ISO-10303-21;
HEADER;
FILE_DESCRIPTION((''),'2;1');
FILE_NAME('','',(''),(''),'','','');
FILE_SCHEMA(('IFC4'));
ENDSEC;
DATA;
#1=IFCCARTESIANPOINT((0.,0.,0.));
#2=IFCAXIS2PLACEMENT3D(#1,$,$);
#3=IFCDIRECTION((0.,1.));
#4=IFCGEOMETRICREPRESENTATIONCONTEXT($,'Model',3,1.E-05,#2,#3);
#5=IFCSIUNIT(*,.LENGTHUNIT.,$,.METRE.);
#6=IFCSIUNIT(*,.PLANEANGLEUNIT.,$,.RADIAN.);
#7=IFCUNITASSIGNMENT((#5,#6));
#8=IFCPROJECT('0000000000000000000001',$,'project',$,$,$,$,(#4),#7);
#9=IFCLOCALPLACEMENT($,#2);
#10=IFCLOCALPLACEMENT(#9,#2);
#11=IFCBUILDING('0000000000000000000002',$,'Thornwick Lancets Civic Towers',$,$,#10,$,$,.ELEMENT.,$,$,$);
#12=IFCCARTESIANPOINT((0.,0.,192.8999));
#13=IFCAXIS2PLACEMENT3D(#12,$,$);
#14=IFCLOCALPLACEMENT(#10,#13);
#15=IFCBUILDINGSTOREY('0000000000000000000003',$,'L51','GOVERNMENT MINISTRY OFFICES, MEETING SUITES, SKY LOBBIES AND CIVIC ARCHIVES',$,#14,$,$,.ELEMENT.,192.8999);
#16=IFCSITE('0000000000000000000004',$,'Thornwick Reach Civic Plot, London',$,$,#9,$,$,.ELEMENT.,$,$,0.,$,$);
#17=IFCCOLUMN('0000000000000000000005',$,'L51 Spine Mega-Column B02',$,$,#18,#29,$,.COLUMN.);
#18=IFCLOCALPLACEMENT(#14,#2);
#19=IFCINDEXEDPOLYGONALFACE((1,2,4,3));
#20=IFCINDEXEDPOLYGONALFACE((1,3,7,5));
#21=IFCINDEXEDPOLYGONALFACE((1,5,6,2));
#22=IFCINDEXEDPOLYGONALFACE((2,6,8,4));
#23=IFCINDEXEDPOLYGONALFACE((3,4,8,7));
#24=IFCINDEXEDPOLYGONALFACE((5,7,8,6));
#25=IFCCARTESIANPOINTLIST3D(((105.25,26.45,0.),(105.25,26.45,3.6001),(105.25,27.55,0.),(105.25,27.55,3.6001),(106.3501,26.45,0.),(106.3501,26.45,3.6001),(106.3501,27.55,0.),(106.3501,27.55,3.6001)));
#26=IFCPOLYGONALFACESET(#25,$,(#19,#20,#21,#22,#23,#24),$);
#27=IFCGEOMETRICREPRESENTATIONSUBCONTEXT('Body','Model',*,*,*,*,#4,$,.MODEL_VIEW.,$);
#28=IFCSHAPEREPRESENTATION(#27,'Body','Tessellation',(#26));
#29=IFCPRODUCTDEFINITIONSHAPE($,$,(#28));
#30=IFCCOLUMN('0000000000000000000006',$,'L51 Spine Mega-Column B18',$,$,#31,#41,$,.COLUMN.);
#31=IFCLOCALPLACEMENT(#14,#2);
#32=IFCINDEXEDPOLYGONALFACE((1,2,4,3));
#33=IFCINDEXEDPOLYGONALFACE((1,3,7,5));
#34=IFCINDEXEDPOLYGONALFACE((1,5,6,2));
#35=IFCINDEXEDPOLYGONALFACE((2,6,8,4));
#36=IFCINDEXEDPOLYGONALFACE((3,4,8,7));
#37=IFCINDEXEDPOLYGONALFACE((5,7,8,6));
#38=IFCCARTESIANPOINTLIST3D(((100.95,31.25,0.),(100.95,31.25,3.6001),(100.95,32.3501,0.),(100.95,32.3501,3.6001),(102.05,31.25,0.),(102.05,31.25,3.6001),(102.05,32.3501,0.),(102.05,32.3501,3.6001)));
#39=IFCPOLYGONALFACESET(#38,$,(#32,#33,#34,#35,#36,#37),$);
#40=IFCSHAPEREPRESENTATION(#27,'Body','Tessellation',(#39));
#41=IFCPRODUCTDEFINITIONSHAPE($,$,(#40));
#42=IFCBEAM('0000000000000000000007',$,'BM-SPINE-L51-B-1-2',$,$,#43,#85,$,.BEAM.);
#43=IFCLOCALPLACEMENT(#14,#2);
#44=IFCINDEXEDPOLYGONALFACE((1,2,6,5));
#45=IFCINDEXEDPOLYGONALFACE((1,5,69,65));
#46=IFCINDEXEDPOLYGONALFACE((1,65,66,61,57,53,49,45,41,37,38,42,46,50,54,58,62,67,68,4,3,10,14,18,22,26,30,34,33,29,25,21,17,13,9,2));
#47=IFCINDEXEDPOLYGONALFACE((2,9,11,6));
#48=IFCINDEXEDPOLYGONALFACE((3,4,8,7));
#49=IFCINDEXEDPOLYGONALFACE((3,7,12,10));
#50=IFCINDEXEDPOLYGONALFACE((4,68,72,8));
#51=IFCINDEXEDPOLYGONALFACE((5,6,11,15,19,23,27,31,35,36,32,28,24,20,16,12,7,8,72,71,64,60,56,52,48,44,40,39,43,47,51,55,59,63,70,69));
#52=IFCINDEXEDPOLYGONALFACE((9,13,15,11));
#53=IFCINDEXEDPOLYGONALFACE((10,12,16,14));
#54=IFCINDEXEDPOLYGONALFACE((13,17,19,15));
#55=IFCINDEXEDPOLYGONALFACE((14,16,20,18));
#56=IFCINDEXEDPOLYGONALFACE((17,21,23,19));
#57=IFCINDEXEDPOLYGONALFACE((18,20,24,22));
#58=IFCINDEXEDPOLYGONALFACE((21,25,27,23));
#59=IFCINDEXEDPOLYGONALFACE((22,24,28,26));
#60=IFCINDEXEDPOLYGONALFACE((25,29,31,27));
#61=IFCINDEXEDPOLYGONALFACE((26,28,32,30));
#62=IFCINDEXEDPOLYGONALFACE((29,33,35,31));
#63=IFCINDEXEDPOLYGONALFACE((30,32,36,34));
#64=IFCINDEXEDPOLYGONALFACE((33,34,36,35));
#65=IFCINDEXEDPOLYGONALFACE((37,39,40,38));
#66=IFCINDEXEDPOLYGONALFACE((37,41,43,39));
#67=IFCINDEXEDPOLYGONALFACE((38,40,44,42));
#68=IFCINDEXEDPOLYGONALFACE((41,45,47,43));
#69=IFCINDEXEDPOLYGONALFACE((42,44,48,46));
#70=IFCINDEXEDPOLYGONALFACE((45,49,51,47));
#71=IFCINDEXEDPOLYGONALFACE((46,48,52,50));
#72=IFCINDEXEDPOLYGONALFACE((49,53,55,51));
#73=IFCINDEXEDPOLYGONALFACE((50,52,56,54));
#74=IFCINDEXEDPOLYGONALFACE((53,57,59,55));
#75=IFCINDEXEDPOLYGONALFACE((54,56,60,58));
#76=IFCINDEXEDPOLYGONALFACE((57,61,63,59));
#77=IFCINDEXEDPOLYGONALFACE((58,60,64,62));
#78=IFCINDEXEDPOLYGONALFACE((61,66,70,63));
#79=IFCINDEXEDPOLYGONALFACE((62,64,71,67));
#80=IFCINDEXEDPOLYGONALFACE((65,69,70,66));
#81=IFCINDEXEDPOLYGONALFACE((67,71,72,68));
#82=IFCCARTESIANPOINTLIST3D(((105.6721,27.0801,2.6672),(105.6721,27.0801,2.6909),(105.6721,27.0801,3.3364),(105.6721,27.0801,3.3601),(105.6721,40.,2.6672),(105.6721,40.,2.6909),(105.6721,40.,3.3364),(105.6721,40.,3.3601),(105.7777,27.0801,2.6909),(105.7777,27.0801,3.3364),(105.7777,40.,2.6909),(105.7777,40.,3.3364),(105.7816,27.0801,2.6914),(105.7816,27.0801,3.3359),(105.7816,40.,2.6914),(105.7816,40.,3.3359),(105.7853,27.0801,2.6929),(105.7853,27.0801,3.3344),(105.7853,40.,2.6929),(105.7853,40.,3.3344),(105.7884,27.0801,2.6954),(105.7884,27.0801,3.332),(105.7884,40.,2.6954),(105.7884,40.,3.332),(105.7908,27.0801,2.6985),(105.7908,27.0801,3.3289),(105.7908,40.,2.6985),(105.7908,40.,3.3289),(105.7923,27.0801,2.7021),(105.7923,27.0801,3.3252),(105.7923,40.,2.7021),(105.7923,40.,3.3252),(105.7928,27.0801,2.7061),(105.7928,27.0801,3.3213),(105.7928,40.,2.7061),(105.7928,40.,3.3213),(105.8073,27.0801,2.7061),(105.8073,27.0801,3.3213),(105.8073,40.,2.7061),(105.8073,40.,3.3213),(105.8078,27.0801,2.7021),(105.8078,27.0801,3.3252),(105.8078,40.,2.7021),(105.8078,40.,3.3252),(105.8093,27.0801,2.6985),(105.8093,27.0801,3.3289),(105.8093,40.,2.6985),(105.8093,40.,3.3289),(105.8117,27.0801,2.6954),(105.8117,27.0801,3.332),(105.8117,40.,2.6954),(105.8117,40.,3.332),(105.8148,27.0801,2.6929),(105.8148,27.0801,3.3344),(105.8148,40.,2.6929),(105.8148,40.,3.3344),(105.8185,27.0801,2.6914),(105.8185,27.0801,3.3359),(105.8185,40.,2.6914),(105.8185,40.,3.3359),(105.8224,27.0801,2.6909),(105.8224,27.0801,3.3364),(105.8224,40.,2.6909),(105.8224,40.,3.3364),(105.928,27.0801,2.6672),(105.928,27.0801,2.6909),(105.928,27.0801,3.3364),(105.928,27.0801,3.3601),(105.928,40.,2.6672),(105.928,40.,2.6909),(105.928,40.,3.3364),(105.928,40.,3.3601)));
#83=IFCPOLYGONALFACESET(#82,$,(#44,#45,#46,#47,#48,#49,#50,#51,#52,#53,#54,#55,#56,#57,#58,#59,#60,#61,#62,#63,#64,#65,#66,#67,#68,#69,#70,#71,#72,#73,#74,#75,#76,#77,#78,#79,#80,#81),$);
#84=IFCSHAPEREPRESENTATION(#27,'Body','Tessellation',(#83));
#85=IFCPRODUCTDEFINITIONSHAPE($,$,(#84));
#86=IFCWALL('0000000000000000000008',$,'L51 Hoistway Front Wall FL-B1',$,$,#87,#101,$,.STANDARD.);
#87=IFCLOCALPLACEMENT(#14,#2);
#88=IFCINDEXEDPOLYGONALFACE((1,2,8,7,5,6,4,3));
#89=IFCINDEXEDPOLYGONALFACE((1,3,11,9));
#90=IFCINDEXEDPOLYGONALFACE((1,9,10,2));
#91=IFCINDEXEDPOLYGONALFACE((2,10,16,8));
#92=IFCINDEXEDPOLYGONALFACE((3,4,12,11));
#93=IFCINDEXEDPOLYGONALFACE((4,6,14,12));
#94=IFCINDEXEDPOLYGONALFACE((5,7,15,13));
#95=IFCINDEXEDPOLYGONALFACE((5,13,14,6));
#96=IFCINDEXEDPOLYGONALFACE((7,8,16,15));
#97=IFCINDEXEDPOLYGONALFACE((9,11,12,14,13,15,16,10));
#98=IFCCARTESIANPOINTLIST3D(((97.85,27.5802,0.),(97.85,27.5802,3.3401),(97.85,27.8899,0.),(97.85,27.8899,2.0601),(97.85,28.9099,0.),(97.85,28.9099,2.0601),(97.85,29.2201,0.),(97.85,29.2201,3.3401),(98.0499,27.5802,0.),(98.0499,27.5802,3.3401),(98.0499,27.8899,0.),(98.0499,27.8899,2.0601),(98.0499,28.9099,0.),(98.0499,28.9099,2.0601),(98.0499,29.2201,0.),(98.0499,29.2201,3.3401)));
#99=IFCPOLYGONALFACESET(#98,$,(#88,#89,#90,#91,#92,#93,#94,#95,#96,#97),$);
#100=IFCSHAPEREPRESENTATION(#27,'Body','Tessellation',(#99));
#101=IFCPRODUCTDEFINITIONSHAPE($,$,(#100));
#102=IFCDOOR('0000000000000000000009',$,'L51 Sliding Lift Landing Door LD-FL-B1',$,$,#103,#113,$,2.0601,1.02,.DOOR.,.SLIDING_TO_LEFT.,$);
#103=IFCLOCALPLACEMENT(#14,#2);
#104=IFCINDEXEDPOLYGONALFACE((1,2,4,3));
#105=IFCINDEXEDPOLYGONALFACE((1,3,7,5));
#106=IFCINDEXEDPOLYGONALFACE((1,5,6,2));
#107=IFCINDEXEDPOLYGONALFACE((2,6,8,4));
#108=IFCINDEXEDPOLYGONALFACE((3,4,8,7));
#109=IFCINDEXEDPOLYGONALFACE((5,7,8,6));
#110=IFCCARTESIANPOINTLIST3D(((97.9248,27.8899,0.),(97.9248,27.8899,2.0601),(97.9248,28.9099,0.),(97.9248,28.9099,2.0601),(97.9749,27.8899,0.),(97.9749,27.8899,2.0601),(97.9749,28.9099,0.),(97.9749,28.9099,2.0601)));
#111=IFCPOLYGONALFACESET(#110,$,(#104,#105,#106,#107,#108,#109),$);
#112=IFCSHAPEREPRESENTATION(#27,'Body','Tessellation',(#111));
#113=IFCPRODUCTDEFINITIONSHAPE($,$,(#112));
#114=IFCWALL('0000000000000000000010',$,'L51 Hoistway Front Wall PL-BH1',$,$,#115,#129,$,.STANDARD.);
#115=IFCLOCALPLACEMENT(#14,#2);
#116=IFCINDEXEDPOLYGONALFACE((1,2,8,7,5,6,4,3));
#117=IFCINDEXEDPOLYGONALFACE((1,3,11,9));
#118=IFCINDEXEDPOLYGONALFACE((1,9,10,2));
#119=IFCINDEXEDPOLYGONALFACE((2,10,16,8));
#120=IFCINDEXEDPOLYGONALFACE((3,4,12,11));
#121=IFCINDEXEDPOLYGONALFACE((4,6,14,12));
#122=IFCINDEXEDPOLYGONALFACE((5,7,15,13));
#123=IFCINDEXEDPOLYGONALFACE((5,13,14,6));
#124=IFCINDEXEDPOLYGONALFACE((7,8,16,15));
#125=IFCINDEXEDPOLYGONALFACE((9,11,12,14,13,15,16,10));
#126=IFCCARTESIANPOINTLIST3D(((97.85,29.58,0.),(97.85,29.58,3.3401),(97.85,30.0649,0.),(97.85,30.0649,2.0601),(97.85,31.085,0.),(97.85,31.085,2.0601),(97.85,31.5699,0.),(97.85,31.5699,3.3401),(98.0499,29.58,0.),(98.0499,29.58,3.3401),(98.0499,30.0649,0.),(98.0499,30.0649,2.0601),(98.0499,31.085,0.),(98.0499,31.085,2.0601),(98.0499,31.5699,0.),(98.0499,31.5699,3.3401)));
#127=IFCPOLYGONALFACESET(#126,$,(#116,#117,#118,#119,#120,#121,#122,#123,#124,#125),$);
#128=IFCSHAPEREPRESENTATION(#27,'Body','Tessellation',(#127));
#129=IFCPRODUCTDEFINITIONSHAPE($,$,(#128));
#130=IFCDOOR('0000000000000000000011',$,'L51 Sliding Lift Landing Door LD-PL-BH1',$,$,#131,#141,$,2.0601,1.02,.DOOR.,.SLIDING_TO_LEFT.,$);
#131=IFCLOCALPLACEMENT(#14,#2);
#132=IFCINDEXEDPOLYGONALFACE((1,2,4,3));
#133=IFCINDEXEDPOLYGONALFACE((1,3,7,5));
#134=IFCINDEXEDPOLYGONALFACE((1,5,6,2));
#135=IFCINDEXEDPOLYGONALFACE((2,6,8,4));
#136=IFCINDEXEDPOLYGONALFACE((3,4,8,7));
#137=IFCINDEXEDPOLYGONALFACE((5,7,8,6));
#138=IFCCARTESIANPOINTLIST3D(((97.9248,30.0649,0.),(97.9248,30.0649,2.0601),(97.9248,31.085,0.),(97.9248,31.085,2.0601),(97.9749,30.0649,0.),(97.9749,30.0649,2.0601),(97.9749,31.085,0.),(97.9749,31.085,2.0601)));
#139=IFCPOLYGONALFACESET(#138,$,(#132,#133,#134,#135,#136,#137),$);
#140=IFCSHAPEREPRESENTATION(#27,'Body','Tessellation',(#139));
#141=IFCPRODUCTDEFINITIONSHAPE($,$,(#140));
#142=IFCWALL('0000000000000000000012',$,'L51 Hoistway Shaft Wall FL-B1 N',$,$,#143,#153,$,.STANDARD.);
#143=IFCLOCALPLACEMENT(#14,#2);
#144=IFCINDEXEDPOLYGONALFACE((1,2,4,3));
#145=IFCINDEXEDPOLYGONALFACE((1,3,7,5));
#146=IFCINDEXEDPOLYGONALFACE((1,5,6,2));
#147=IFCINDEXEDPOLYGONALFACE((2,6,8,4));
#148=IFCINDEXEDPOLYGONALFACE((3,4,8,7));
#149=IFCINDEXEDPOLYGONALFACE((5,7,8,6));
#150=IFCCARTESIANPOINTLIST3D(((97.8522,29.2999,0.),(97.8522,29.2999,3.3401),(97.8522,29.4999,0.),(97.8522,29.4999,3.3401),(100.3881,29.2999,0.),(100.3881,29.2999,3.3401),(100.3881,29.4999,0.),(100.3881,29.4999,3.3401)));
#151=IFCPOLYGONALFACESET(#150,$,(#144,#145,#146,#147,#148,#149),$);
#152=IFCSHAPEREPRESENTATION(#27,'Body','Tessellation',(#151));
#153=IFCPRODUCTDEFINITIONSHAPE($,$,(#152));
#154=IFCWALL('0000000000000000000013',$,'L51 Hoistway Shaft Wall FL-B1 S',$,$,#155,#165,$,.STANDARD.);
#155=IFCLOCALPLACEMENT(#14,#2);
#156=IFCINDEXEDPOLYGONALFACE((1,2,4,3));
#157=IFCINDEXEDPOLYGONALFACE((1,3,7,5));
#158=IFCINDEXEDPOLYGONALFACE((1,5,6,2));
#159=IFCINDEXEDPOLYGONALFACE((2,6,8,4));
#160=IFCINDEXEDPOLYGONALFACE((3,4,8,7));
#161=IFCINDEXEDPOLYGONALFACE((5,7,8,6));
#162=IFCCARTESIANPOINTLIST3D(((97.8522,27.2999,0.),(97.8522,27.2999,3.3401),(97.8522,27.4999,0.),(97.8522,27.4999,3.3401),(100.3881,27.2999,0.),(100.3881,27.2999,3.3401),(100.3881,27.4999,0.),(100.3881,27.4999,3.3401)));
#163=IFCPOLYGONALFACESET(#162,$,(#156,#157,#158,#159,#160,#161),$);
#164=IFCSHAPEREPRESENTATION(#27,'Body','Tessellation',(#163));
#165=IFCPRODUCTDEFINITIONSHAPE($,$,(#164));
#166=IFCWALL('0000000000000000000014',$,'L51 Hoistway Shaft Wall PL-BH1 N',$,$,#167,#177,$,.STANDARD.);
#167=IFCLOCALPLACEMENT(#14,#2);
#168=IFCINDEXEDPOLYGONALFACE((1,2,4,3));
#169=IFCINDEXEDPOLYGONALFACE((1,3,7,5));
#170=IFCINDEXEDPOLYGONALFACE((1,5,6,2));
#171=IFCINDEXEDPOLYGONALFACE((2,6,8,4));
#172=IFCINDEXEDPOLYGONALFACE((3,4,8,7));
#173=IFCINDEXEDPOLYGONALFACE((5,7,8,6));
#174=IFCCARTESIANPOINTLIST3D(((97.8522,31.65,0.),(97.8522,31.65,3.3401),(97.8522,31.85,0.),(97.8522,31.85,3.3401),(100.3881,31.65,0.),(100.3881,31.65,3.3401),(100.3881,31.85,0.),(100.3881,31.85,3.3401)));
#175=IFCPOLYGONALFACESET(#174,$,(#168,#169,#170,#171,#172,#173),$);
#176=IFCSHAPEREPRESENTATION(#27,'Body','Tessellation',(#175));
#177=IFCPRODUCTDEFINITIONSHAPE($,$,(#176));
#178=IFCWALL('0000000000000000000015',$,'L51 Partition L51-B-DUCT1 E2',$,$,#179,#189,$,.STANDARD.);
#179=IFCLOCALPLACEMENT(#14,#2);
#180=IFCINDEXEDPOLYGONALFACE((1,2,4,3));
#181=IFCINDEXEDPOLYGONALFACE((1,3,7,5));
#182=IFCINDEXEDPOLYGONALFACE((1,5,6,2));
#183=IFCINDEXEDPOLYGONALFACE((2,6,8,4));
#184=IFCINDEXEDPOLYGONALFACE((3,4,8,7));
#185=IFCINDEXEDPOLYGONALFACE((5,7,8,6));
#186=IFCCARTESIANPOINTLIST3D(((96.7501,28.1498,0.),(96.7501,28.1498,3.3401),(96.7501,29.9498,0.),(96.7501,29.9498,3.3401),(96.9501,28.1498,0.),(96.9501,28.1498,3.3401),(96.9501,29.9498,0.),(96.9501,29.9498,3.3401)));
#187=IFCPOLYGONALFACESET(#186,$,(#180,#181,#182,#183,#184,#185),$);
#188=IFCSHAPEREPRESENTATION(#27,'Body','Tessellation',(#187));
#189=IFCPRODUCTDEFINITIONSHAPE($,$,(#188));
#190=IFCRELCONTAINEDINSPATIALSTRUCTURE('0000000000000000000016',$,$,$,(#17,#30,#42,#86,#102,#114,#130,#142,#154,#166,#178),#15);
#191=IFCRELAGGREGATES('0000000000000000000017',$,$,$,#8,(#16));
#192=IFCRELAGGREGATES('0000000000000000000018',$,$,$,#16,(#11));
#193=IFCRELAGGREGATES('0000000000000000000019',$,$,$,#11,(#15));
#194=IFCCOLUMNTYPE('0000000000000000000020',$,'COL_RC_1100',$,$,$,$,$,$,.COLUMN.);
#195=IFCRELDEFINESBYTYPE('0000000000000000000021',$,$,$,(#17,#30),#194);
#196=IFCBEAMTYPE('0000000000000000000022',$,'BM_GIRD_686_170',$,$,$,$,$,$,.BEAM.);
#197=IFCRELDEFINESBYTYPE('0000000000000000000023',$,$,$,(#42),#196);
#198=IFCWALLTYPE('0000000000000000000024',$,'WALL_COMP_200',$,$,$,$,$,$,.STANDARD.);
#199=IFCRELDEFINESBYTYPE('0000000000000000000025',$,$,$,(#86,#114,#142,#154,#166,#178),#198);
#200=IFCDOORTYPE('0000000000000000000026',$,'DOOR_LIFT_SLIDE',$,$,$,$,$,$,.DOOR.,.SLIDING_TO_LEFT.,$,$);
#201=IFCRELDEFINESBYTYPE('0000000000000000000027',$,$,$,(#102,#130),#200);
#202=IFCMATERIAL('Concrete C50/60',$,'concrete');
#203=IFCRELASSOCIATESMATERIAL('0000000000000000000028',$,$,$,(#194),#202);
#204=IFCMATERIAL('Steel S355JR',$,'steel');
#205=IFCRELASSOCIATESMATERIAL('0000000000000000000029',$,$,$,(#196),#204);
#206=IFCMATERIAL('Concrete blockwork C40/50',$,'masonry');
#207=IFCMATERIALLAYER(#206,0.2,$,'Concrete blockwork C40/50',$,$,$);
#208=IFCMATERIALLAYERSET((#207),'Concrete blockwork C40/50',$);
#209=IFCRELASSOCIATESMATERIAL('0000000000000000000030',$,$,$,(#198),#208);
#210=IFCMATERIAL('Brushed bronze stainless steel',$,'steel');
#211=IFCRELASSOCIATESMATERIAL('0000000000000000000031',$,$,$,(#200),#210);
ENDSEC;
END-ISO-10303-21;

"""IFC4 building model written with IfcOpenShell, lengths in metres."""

from ifc_helpers import new_model, si_unit, direction, frame, frame_2d, origin, origin_2d, place, context, subcontext, project, spatial, rectangle, i_section, extrude, material, layer, layer_set, material_profile, profile_set, type_object, element, fill, save


model = new_model("IFC4")

# Units and contexts
model_context = context("Model", 3, precision=1e-05, world=origin(), true_north=direction((0.0, 1.0)))
body_context = subcontext(model_context, "Body", "Model", "MODEL_VIEW")
ifc_project = project(units=[si_unit("LENGTHUNIT", "METRE"), si_unit("PLANEANGLEUNIT", "RADIAN")], contexts=[model_context])

# Site, building, storey
site_placement = place(None, origin())
site = spatial("IfcSite", under=ifc_project, at=site_placement, Name="Thornwick Reach Civic Plot, London", CompositionType="ELEMENT", RefElevation=0.0)
building_placement = place(site_placement, origin())
building = spatial("IfcBuilding", under=site, at=building_placement, Name="Thornwick Lancets Civic Towers", CompositionType="ELEMENT")
storey_placement = place(building_placement, frame((0.0, 0.0, 192.8999)))
storey = spatial("IfcBuildingStorey", under=building, at=storey_placement, Name="L51", Description="GOVERNMENT MINISTRY OFFICES, MEETING SUITES, SKY LOBBIES AND CIVIC ARCHIVES", CompositionType="ELEMENT", Elevation=192.8999)

# Columns
ifc_material_1 = material(Name="Concrete C50/60", Category="concrete")
ifc_material_profile_1 = material_profile(ifc_material_1, rectangle(XDim=1.1001, YDim=1.1001, at=origin_2d()), Name="RC 1100x1100")
ifc_profile_set_1 = profile_set([ifc_material_profile_1], Name="Concrete C50/60")
column_type = type_object("IfcColumnType", Name="COL_RC_1100", PredefinedType="COLUMN", material=ifc_profile_set_1)
for number, where, z_axis, x_axis, name in (
    (1, (105.8, 27.0, 0.0), (0.0, 0.0, 1.0), (1.0, 0.0, 0.0), "L51 Spine Mega-Column B02"),
    (2, (101.5, 31.8, 0.0), (0.0, 0.0, 1.0), (1.0, 0.0, 0.0), "L51 Spine Mega-Column B18"),
):
    element("IfcColumn", number, at=place(storey_placement, frame(where, z_axis=z_axis, x_axis=x_axis)), inside=storey, type_object=column_type, Name=name, PredefinedType="COLUMN", context=body_context, shape_type="SweptSolid", body=[
        extrude(rectangle(XDim=1.1001, YDim=1.1001, at=origin_2d()), origin(), (0.0, 0.0, 1.0), 3.6001),
    ])

# Beam
ifc_material_2 = material(Name="Steel S355JR", Category="steel")
ifc_material_profile_2 = material_profile(ifc_material_2, i_section(OverallWidth=0.2559, OverallDepth=0.6929, WebThickness=0.0144, FlangeThickness=0.0237, FilletRadius=0.0151, at=origin_2d()), Name="UKB 686x254x170")
ifc_profile_set_2 = profile_set([ifc_material_profile_2], Name="Steel S355JR")
beam_type = type_object("IfcBeamType", Name="BM_GIRD_686_170", PredefinedType="BEAM", material=ifc_profile_set_2)
beam_placement = place(storey_placement, frame((105.8, 27.0801, 3.0137), z_axis=(0.0, 1.0, 0.0), x_axis=(-1.0, 0.0, 0.0)))
element("IfcBeam", 3, at=beam_placement, inside=storey, type_object=beam_type, Name="BM-SPINE-L51-B-1-2", PredefinedType="BEAM", context=body_context, shape_type="SweptSolid", body=[
    extrude(i_section(OverallWidth=0.2559, OverallDepth=0.6929, WebThickness=0.0144, FlangeThickness=0.0237, FilletRadius=0.0151, at=origin_2d()), origin(), (0.0, 0.0, 1.0), 12.9199),
])

# Walls, openings, doors
ifc_material_3 = material(Name="Concrete blockwork C40/50", Category="masonry")
ifc_layer_1 = layer(ifc_material_3, 0.2, Name="Concrete blockwork C40/50")
ifc_layer_set_1 = layer_set([ifc_layer_1], Name="Concrete blockwork C40/50")
wall_type_1 = type_object("IfcWallType", Name="WALL_COMP_200", PredefinedType="STANDARD", material=ifc_layer_set_1)
wall_1_placement = place(storey_placement, frame((97.95, 29.22, 0.0), z_axis=(0.0, 0.0, 1.0), x_axis=(0.0, -1.0, 0.0)))
wall_1 = element("IfcWall", 4, at=wall_1_placement, inside=storey, type_object=wall_type_1, Name="L51 Hoistway Front Wall FL-B1", PredefinedType="STANDARD", context=body_context, shape_type="SweptSolid", body=[
    extrude(rectangle(XDim=1.6399, YDim=0.2, at=frame_2d((0.8198, 0.0))), origin(), (0.0, 0.0, 1.0), 3.3401),
])
opening_1_placement = place(wall_1_placement, frame((0.3101, 0.0, 0.0)))
opening_1 = element("IfcOpeningElement", 5, at=opening_1_placement, cuts=wall_1, PredefinedType="OPENING", context=body_context, shape_type="SweptSolid", body=[
    extrude(rectangle(XDim=1.02, YDim=2.0601, at=frame_2d((0.51, 1.03))), frame((0.0, 0.1099, 0.0), z_axis=(0.0, -1.0, 0.0), x_axis=(1.0, 0.0, 0.0)), (0.0, 0.0, 1.0), 0.22),
])
ifc_material_4 = material(Name="Brushed bronze stainless steel", Category="steel")
door_type = type_object("IfcDoorType", Name="DOOR_LIFT_SLIDE", OperationType="SLIDING_TO_LEFT", PredefinedType="DOOR", material=ifc_material_4)
door_1_placement = place(opening_1_placement, origin())
door_1 = element("IfcDoor", 6, at=door_1_placement, inside=storey, type_object=door_type, Name="L51 Sliding Lift Landing Door LD-FL-B1", OperationType="SLIDING_TO_LEFT", OverallHeight=2.0601, OverallWidth=1.02, PredefinedType="DOOR", context=body_context, shape_type="SweptSolid", body=[
    extrude(rectangle(XDim=1.02, YDim=2.0601, at=frame_2d((0.51, 1.03))), frame((0.0, 0.0249, 0.0), z_axis=(0.0, -1.0, 0.0), x_axis=(1.0, 0.0, 0.0)), (0.0, 0.0, 1.0), 0.05),
])
fill(opening_1, door_1)
wall_2_placement = place(storey_placement, frame((97.95, 31.5701, 0.0), z_axis=(0.0, 0.0, 1.0), x_axis=(0.0, -1.0, 0.0)))
wall_2 = element("IfcWall", 7, at=wall_2_placement, inside=storey, type_object=wall_type_1, Name="L51 Hoistway Front Wall PL-BH1", PredefinedType="STANDARD", context=body_context, shape_type="SweptSolid", body=[
    extrude(rectangle(XDim=1.99, YDim=0.2, at=frame_2d((0.9951, 0.0))), origin(), (0.0, 0.0, 1.0), 3.3401),
])
opening_2_placement = place(wall_2_placement, frame((0.4851, 0.0, 0.0)))
opening_2 = element("IfcOpeningElement", 8, at=opening_2_placement, cuts=wall_2, PredefinedType="OPENING", context=body_context, shape_type="SweptSolid", body=[
    extrude(rectangle(XDim=1.02, YDim=2.0601, at=frame_2d((0.51, 1.03))), frame((0.0, 0.1099, 0.0), z_axis=(0.0, -1.0, 0.0), x_axis=(1.0, 0.0, 0.0)), (0.0, 0.0, 1.0), 0.22),
])
door_2_placement = place(opening_2_placement, origin())
door_2 = element("IfcDoor", 9, at=door_2_placement, inside=storey, type_object=door_type, Name="L51 Sliding Lift Landing Door LD-PL-BH1", OperationType="SLIDING_TO_LEFT", OverallHeight=2.0601, OverallWidth=1.02, PredefinedType="DOOR", context=body_context, shape_type="SweptSolid", body=[
    extrude(rectangle(XDim=1.02, YDim=2.0601, at=frame_2d((0.51, 1.03))), frame((0.0, 0.0249, 0.0), z_axis=(0.0, -1.0, 0.0), x_axis=(1.0, 0.0, 0.0)), (0.0, 0.0, 1.0), 0.05),
])
fill(opening_2, door_2)

# Walls
for number, where, z_axis, x_axis, name in (
    (10, (97.8521, 29.3999, 0.0), (0.0, 0.0, 1.0), (1.0, 0.0, 0.0), "L51 Hoistway Shaft Wall FL-B1 N"),
    (11, (97.8521, 27.3999, 0.0), (0.0, 0.0, 1.0), (1.0, 0.0, 0.0), "L51 Hoistway Shaft Wall FL-B1 S"),
    (12, (97.8521, 31.75, 0.0), (0.0, 0.0, 1.0), (1.0, 0.0, 0.0), "L51 Hoistway Shaft Wall PL-BH1 N"),
):
    element("IfcWall", number, at=place(storey_placement, frame(where, z_axis=z_axis, x_axis=x_axis)), inside=storey, type_object=wall_type_1, Name=name, PredefinedType="STANDARD", context=body_context, shape_type="SweptSolid", body=[
        extrude(rectangle(XDim=2.5359, YDim=0.2, at=frame_2d((1.2681, 0.0))), origin(), (0.0, 0.0, 1.0), 3.3401),
    ])
wall_3_placement = place(storey_placement, frame((96.8501, 28.1499, 0.0), z_axis=(0.0, 0.0, 1.0), x_axis=(0.0, 1.0, 0.0)))
element("IfcWall", 13, at=wall_3_placement, inside=storey, type_object=wall_type_1, Name="L51 Partition L51-B-DUCT1 E2", PredefinedType="STANDARD", context=body_context, shape_type="SweptSolid", body=[
    extrude(rectangle(XDim=1.8, YDim=0.2, at=frame_2d((0.8999, 0.0))), origin(), (0.0, 0.0, 1.0), 3.3401),
])

save(model, "model.ifc")
